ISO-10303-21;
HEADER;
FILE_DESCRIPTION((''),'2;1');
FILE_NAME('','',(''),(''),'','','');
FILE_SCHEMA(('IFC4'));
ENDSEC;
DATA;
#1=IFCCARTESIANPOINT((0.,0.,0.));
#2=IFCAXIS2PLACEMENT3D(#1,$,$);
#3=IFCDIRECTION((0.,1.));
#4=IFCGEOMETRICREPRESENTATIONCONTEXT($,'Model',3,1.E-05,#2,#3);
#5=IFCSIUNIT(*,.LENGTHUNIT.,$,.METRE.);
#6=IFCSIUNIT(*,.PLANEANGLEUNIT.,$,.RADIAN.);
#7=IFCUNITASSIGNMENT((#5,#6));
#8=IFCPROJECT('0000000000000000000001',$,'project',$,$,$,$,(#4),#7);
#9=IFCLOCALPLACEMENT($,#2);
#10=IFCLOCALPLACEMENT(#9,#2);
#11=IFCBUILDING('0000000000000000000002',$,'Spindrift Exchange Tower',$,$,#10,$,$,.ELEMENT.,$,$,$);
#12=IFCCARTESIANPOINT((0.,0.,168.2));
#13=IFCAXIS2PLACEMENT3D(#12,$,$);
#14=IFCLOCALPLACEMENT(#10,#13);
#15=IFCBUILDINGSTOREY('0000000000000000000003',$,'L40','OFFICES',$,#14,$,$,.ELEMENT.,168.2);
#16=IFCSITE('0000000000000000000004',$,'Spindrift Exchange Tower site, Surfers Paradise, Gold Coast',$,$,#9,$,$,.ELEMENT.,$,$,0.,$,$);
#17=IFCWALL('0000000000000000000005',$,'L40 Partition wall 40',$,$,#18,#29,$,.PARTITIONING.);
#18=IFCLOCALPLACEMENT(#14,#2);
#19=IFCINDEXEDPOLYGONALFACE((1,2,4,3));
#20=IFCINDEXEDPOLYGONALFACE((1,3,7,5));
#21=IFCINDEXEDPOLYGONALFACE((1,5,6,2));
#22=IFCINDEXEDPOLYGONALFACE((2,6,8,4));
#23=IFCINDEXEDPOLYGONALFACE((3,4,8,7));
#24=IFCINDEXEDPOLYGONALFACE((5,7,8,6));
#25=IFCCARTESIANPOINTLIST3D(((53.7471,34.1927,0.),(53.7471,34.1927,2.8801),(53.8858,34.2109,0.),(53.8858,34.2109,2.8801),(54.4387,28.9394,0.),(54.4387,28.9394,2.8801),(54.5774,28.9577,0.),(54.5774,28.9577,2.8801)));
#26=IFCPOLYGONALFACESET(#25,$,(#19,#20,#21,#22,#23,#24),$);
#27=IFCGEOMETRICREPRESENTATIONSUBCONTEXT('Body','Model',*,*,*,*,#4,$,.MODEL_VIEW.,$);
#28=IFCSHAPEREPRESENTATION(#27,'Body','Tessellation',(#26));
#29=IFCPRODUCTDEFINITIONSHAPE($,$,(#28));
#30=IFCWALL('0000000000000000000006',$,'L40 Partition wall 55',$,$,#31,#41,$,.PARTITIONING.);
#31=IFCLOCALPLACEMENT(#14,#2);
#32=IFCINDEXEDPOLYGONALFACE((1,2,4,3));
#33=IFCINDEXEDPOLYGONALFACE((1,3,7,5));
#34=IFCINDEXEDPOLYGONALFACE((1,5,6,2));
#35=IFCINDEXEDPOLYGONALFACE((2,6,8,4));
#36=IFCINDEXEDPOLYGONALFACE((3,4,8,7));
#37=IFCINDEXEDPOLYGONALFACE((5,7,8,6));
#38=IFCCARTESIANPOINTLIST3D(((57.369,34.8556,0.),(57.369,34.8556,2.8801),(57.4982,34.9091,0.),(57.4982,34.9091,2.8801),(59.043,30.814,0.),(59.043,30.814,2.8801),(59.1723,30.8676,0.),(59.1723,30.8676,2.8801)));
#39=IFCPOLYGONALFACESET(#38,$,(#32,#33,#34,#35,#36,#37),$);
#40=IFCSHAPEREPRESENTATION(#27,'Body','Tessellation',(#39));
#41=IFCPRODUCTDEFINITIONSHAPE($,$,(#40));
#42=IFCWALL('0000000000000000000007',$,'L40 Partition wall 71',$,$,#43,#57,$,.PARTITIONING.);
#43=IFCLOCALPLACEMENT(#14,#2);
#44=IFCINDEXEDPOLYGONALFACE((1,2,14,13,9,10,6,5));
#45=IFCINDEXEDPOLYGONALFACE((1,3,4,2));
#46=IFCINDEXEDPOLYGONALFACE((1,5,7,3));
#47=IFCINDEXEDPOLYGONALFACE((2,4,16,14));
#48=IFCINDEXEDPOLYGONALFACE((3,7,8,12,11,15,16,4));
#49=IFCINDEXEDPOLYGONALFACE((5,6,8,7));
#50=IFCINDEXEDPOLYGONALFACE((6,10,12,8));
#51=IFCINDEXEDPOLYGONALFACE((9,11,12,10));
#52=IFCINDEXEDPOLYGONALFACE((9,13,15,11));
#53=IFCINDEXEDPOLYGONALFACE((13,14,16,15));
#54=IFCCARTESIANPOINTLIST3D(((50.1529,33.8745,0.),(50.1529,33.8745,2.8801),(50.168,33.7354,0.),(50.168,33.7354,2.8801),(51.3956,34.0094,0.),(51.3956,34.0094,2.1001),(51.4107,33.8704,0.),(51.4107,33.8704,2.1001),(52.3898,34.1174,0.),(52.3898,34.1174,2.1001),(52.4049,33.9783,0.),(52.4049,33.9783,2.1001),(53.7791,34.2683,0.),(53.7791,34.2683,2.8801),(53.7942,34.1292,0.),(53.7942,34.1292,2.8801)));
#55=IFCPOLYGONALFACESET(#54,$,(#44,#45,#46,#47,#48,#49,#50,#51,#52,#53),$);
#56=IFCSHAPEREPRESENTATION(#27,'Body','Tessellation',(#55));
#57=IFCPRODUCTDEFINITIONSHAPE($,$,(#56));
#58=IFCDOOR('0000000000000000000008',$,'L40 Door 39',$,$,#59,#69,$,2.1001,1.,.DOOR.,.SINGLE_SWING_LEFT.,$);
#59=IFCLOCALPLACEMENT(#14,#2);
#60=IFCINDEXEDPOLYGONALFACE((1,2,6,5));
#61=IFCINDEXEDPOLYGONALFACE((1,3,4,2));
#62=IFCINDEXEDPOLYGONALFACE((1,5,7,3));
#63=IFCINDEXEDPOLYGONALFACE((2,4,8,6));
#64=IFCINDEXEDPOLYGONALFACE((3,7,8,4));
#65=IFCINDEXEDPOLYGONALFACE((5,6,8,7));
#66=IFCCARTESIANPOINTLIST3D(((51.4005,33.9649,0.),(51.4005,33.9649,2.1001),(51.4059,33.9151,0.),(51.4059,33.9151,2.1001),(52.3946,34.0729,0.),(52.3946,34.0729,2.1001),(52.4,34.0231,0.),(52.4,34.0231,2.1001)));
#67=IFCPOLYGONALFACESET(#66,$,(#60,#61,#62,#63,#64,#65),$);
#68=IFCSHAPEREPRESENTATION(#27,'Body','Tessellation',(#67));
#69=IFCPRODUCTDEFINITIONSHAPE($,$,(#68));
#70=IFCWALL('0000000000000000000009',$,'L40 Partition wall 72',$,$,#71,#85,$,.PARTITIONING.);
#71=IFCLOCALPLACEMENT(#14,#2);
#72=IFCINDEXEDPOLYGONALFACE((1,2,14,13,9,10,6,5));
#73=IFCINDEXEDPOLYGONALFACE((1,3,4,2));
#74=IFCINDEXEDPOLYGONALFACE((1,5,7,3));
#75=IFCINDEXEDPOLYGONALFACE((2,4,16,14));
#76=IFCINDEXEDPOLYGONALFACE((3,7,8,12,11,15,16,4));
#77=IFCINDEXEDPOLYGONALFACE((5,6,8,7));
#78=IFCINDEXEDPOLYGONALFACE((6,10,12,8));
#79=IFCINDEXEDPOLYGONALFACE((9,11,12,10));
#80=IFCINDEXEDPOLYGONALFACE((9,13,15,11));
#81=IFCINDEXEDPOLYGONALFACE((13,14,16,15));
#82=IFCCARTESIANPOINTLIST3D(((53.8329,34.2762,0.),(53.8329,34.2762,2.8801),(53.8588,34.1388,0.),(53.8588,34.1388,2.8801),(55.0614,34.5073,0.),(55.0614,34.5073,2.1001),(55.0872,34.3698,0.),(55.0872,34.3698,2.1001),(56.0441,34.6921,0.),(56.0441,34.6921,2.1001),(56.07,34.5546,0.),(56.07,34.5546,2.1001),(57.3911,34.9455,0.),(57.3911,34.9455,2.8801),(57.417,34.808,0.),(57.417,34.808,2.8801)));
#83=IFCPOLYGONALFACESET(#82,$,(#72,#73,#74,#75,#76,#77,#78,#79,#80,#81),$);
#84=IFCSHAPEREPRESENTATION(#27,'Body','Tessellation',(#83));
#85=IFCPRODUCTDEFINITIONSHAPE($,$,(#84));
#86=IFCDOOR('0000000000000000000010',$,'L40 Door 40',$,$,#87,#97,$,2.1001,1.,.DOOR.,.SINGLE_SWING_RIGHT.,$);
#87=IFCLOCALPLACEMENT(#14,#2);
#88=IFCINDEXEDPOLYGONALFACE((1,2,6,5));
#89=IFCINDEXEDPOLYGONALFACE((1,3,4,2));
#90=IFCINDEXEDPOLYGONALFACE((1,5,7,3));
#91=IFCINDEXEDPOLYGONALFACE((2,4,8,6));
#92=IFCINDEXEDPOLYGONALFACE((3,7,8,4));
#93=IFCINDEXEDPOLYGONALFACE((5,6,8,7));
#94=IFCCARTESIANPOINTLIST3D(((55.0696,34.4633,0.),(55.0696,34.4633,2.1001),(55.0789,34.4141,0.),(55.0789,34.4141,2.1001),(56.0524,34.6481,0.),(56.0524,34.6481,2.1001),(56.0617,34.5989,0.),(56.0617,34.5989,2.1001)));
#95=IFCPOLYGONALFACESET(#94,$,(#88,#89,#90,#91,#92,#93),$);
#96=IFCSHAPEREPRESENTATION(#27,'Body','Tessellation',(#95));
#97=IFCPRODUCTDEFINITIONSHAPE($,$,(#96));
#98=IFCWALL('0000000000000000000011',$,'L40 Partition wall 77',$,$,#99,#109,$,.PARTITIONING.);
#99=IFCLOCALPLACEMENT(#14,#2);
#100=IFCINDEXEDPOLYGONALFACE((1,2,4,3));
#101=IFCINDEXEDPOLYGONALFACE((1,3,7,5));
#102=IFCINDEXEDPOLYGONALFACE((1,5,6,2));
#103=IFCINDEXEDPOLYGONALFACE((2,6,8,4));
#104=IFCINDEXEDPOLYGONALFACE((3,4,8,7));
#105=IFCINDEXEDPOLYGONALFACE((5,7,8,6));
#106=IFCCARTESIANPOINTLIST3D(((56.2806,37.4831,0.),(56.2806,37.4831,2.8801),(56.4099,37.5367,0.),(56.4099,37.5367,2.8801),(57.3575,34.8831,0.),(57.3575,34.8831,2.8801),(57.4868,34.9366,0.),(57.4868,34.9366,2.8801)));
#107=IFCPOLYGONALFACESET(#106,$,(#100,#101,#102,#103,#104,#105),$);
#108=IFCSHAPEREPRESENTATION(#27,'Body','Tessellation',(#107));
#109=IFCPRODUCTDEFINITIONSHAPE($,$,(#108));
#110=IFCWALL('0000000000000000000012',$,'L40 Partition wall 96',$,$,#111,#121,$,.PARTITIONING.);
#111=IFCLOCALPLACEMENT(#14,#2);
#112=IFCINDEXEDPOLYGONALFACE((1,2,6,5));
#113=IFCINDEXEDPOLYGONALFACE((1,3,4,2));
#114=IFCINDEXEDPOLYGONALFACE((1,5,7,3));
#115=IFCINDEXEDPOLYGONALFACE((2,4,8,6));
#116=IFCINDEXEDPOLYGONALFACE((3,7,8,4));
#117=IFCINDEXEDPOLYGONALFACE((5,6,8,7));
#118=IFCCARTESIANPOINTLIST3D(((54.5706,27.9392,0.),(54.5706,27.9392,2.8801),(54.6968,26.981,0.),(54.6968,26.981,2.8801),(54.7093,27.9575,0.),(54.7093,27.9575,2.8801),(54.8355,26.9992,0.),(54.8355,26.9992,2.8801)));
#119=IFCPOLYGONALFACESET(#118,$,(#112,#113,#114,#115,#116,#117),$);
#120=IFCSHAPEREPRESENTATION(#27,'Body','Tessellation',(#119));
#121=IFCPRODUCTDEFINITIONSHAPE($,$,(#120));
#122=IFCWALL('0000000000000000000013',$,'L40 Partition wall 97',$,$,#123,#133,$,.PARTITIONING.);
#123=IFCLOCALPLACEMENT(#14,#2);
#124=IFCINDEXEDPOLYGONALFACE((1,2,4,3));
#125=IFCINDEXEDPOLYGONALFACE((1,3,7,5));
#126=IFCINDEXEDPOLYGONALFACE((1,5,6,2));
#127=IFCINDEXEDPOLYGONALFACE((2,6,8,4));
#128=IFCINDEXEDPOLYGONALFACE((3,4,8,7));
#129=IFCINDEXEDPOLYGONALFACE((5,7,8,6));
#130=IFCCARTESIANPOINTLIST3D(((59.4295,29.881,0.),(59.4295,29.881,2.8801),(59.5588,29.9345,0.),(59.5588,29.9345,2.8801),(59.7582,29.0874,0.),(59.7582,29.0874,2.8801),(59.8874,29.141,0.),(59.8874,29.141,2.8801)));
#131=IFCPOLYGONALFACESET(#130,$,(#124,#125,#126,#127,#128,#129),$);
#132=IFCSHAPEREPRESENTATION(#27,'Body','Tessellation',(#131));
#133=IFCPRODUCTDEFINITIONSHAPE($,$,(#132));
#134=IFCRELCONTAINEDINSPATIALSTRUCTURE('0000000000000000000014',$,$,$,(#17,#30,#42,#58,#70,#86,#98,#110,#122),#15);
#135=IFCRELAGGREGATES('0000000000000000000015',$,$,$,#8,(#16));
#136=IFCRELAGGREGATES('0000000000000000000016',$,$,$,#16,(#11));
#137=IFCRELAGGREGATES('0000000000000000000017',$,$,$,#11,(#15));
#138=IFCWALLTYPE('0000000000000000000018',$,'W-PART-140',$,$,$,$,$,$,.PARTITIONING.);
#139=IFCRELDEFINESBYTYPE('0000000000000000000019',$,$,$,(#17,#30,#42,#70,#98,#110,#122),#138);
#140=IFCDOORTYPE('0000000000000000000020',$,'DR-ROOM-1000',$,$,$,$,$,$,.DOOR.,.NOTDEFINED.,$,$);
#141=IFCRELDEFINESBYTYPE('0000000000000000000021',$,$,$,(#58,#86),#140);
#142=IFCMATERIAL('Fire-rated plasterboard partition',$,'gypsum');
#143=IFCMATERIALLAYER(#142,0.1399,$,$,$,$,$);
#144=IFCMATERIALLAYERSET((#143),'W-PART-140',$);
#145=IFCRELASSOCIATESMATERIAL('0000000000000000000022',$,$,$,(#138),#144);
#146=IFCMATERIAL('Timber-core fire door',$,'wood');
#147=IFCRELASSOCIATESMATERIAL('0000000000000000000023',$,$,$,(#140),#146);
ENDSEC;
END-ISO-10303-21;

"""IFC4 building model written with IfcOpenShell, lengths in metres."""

from ifc_helpers import new_model, si_unit, direction, frame, frame_2d, origin, place, context, subcontext, project, spatial, rectangle, extrude, source, transform, mapped, material, layer, layer_set, type_object, element, fill, save


model = new_model("IFC4")

# Units and contexts
model_context = context("Model", 3, precision=1e-05, world=origin(), true_north=direction((0.0, 1.0)))
body_context = subcontext(model_context, "Body", "Model", "MODEL_VIEW")
ifc_project = project(units=[si_unit("LENGTHUNIT", "METRE"), si_unit("PLANEANGLEUNIT", "RADIAN")], contexts=[model_context])

# Site, building, storey
site_placement = place(None, origin())
site = spatial("IfcSite", under=ifc_project, at=site_placement, Name="Spindrift Exchange Tower site, Surfers Paradise, Gold Coast", CompositionType="ELEMENT", RefElevation=0.0)
building_placement = place(site_placement, origin())
building = spatial("IfcBuilding", under=site, at=building_placement, Name="Spindrift Exchange Tower", CompositionType="ELEMENT")
storey_placement = place(building_placement, frame((0.0, 0.0, 168.2)))
storey = spatial("IfcBuildingStorey", under=building, at=storey_placement, Name="L40", Description="OFFICES", CompositionType="ELEMENT", Elevation=168.2)

# Walls
ifc_material_1 = material(Name="Fire-rated plasterboard partition", Category="gypsum")
ifc_layer_1 = layer(ifc_material_1, 0.1399)
ifc_layer_set_1 = layer_set([ifc_layer_1], Name="W-PART-140")
wall_type = type_object("IfcWallType", Name="W-PART-140", PredefinedType="PARTITIONING", material=ifc_layer_set_1)
wall_1_placement = place(storey_placement, frame((53.8164, 34.2019, 0.0), z_axis=(0.0, 0.0, 1.0), x_axis=(0.130537, -0.991443, 0.0)))
element("IfcWall", 1, at=wall_1_placement, inside=storey, type_object=wall_type, Name="L40 Partition wall 40", PredefinedType="PARTITIONING", context=body_context, shape_type="SweptSolid", body=[
    extrude(rectangle(XDim=5.2986, YDim=0.1399, at=frame_2d((2.6494, 0.0))), origin(), (0.0, 0.0, 1.0), 2.8801),
])
wall_2_placement = place(storey_placement, frame((57.4336, 34.8823, 0.0), z_axis=(0.0, 0.0, 1.0), x_axis=(0.382689, -0.923877, 0.0)))
element("IfcWall", 2, at=wall_2_placement, inside=storey, type_object=wall_type, Name="L40 Partition wall 55", PredefinedType="PARTITIONING", context=body_context, shape_type="SweptSolid", body=[
    extrude(rectangle(XDim=4.3745, YDim=0.1399, at=frame_2d((2.1873, 0.0))), origin(), (0.0, 0.0, 1.0), 2.8801),
])

# Walls, openings, doors
wall_3_placement = place(storey_placement, frame((53.7866, 34.1987, 0.0), z_axis=(0.0, 0.0, 1.0), x_axis=(-0.994155, -0.107963, 0.0)))
wall_3 = element("IfcWall", 3, at=wall_3_placement, inside=storey, type_object=wall_type, Name="L40 Partition wall 71", PredefinedType="PARTITIONING", context=body_context, shape_type="SweptSolid", body=[
    extrude(rectangle(XDim=3.6475, YDim=0.1399, at=frame_2d((1.8237, 0.0))), origin(), (0.0, 0.0, 1.0), 2.8801),
])
opening_1_placement = place(wall_3_placement, frame((1.3975, 0.0, 0.0)))
opening_1 = element("IfcOpeningElement", 4, at=opening_1_placement, cuts=wall_3, PredefinedType="OPENING", context=body_context, shape_type="SweptSolid", body=[
    extrude(rectangle(XDim=1.0, YDim=2.1001, at=frame_2d((0.5, 1.05))), frame((0.0, 0.0798, 0.0), z_axis=(0.0, -1.0, 0.0), x_axis=(1.0, 0.0, 0.0)), (0.0, 0.0, 1.0), 0.1599),
])
ifc_material_2 = material(Name="Timber-core fire door", Category="wood")
door_type = type_object("IfcDoorType", Name="DR-ROOM-1000", OperationType="NOTDEFINED", PredefinedType="DOOR", material=ifc_material_2)
shared_shape_1 = source(origin(), body_context, "Body", "SweptSolid", [
    extrude(rectangle(XDim=1.0, YDim=2.1001, at=frame_2d((0.5, 1.05))), frame((0.0, 0.0249, 0.0), z_axis=(0.0, -1.0, 0.0), x_axis=(1.0, 0.0, 0.0)), (0.0, 0.0, 1.0), 0.05),
])
door_1_placement = place(opening_1_placement, origin())
door_1 = element("IfcDoor", 5, at=door_1_placement, inside=storey, type_object=door_type, Name="L40 Door 39", OperationType="SINGLE_SWING_LEFT", OverallHeight=2.1001, OverallWidth=1.0, PredefinedType="DOOR", context=body_context, shape_type="MappedRepresentation", body=[
    mapped(shared_shape_1, transform((0.0, 0.0, 0.0), scale=1.0)),
])
fill(opening_1, door_1)
wall_4_placement = place(storey_placement, frame((57.4041, 34.8767, 0.0), z_axis=(0.0, 0.0, 1.0), x_axis=(-0.98277, -0.184834, 0.0)))
wall_4 = element("IfcWall", 6, at=wall_4_placement, inside=storey, type_object=wall_type, Name="L40 Partition wall 72", PredefinedType="PARTITIONING", context=body_context, shape_type="SweptSolid", body=[
    extrude(rectangle(XDim=3.6206, YDim=0.1399, at=frame_2d((1.8103, 0.0))), origin(), (0.0, 0.0, 1.0), 2.8801),
])
opening_2_placement = place(wall_4_placement, frame((1.3706, 0.0, 0.0)))
opening_2 = element("IfcOpeningElement", 7, at=opening_2_placement, cuts=wall_4, PredefinedType="OPENING", context=body_context, shape_type="SweptSolid", body=[
    extrude(rectangle(XDim=1.0, YDim=2.1001, at=frame_2d((0.5, 1.05))), frame((0.0, 0.0798, 0.0), z_axis=(0.0, -1.0, 0.0), x_axis=(1.0, 0.0, 0.0)), (0.0, 0.0, 1.0), 0.1599),
])
door_2_placement = place(opening_2_placement, origin())
door_2 = element("IfcDoor", 8, at=door_2_placement, inside=storey, type_object=door_type, Name="L40 Door 40", OperationType="SINGLE_SWING_RIGHT", OverallHeight=2.1001, OverallWidth=1.0, PredefinedType="DOOR", context=body_context, shape_type="MappedRepresentation", body=[
    mapped(shared_shape_1, transform((0.0, 0.0, 0.0), scale=1.0)),
])
fill(opening_2, door_2)

# Walls
wall_5_placement = place(storey_placement, frame((56.3452, 37.51, 0.0), z_axis=(0.0, 0.0, 1.0), x_axis=(0.382656, -0.923891, 0.0)))
element("IfcWall", 9, at=wall_5_placement, inside=storey, type_object=wall_type, Name="L40 Partition wall 77", PredefinedType="PARTITIONING", context=body_context, shape_type="SweptSolid", body=[
    extrude(rectangle(XDim=2.8142, YDim=0.1399, at=frame_2d((1.4072, 0.0))), origin(), (0.0, 0.0, 1.0), 2.8801),
])
wall_6_placement = place(storey_placement, frame((54.6399, 27.9485, 0.0), z_axis=(0.0, 0.0, 1.0), x_axis=(0.130592, -0.991436, 0.0)))
element("IfcWall", 10, at=wall_6_placement, inside=storey, type_object=wall_type, Name="L40 Partition wall 96", PredefinedType="PARTITIONING", context=body_context, shape_type="SweptSolid", body=[
    extrude(rectangle(XDim=0.9666, YDim=0.1399, at=frame_2d((0.4834, 0.0))), origin(), (0.0, 0.0, 1.0), 2.8801),
])
wall_7_placement = place(storey_placement, frame((59.4941, 29.9077, 0.0), z_axis=(0.0, 0.0, 1.0), x_axis=(0.382636, -0.923899, 0.0)))
element("IfcWall", 11, at=wall_7_placement, inside=storey, type_object=wall_type, Name="L40 Partition wall 97", PredefinedType="PARTITIONING", context=body_context, shape_type="SweptSolid", body=[
    extrude(rectangle(XDim=0.8589, YDim=0.1399, at=frame_2d((0.4294, 0.0))), origin(), (0.0, 0.0, 1.0), 2.8801),
])

save(model, "model.ifc")
